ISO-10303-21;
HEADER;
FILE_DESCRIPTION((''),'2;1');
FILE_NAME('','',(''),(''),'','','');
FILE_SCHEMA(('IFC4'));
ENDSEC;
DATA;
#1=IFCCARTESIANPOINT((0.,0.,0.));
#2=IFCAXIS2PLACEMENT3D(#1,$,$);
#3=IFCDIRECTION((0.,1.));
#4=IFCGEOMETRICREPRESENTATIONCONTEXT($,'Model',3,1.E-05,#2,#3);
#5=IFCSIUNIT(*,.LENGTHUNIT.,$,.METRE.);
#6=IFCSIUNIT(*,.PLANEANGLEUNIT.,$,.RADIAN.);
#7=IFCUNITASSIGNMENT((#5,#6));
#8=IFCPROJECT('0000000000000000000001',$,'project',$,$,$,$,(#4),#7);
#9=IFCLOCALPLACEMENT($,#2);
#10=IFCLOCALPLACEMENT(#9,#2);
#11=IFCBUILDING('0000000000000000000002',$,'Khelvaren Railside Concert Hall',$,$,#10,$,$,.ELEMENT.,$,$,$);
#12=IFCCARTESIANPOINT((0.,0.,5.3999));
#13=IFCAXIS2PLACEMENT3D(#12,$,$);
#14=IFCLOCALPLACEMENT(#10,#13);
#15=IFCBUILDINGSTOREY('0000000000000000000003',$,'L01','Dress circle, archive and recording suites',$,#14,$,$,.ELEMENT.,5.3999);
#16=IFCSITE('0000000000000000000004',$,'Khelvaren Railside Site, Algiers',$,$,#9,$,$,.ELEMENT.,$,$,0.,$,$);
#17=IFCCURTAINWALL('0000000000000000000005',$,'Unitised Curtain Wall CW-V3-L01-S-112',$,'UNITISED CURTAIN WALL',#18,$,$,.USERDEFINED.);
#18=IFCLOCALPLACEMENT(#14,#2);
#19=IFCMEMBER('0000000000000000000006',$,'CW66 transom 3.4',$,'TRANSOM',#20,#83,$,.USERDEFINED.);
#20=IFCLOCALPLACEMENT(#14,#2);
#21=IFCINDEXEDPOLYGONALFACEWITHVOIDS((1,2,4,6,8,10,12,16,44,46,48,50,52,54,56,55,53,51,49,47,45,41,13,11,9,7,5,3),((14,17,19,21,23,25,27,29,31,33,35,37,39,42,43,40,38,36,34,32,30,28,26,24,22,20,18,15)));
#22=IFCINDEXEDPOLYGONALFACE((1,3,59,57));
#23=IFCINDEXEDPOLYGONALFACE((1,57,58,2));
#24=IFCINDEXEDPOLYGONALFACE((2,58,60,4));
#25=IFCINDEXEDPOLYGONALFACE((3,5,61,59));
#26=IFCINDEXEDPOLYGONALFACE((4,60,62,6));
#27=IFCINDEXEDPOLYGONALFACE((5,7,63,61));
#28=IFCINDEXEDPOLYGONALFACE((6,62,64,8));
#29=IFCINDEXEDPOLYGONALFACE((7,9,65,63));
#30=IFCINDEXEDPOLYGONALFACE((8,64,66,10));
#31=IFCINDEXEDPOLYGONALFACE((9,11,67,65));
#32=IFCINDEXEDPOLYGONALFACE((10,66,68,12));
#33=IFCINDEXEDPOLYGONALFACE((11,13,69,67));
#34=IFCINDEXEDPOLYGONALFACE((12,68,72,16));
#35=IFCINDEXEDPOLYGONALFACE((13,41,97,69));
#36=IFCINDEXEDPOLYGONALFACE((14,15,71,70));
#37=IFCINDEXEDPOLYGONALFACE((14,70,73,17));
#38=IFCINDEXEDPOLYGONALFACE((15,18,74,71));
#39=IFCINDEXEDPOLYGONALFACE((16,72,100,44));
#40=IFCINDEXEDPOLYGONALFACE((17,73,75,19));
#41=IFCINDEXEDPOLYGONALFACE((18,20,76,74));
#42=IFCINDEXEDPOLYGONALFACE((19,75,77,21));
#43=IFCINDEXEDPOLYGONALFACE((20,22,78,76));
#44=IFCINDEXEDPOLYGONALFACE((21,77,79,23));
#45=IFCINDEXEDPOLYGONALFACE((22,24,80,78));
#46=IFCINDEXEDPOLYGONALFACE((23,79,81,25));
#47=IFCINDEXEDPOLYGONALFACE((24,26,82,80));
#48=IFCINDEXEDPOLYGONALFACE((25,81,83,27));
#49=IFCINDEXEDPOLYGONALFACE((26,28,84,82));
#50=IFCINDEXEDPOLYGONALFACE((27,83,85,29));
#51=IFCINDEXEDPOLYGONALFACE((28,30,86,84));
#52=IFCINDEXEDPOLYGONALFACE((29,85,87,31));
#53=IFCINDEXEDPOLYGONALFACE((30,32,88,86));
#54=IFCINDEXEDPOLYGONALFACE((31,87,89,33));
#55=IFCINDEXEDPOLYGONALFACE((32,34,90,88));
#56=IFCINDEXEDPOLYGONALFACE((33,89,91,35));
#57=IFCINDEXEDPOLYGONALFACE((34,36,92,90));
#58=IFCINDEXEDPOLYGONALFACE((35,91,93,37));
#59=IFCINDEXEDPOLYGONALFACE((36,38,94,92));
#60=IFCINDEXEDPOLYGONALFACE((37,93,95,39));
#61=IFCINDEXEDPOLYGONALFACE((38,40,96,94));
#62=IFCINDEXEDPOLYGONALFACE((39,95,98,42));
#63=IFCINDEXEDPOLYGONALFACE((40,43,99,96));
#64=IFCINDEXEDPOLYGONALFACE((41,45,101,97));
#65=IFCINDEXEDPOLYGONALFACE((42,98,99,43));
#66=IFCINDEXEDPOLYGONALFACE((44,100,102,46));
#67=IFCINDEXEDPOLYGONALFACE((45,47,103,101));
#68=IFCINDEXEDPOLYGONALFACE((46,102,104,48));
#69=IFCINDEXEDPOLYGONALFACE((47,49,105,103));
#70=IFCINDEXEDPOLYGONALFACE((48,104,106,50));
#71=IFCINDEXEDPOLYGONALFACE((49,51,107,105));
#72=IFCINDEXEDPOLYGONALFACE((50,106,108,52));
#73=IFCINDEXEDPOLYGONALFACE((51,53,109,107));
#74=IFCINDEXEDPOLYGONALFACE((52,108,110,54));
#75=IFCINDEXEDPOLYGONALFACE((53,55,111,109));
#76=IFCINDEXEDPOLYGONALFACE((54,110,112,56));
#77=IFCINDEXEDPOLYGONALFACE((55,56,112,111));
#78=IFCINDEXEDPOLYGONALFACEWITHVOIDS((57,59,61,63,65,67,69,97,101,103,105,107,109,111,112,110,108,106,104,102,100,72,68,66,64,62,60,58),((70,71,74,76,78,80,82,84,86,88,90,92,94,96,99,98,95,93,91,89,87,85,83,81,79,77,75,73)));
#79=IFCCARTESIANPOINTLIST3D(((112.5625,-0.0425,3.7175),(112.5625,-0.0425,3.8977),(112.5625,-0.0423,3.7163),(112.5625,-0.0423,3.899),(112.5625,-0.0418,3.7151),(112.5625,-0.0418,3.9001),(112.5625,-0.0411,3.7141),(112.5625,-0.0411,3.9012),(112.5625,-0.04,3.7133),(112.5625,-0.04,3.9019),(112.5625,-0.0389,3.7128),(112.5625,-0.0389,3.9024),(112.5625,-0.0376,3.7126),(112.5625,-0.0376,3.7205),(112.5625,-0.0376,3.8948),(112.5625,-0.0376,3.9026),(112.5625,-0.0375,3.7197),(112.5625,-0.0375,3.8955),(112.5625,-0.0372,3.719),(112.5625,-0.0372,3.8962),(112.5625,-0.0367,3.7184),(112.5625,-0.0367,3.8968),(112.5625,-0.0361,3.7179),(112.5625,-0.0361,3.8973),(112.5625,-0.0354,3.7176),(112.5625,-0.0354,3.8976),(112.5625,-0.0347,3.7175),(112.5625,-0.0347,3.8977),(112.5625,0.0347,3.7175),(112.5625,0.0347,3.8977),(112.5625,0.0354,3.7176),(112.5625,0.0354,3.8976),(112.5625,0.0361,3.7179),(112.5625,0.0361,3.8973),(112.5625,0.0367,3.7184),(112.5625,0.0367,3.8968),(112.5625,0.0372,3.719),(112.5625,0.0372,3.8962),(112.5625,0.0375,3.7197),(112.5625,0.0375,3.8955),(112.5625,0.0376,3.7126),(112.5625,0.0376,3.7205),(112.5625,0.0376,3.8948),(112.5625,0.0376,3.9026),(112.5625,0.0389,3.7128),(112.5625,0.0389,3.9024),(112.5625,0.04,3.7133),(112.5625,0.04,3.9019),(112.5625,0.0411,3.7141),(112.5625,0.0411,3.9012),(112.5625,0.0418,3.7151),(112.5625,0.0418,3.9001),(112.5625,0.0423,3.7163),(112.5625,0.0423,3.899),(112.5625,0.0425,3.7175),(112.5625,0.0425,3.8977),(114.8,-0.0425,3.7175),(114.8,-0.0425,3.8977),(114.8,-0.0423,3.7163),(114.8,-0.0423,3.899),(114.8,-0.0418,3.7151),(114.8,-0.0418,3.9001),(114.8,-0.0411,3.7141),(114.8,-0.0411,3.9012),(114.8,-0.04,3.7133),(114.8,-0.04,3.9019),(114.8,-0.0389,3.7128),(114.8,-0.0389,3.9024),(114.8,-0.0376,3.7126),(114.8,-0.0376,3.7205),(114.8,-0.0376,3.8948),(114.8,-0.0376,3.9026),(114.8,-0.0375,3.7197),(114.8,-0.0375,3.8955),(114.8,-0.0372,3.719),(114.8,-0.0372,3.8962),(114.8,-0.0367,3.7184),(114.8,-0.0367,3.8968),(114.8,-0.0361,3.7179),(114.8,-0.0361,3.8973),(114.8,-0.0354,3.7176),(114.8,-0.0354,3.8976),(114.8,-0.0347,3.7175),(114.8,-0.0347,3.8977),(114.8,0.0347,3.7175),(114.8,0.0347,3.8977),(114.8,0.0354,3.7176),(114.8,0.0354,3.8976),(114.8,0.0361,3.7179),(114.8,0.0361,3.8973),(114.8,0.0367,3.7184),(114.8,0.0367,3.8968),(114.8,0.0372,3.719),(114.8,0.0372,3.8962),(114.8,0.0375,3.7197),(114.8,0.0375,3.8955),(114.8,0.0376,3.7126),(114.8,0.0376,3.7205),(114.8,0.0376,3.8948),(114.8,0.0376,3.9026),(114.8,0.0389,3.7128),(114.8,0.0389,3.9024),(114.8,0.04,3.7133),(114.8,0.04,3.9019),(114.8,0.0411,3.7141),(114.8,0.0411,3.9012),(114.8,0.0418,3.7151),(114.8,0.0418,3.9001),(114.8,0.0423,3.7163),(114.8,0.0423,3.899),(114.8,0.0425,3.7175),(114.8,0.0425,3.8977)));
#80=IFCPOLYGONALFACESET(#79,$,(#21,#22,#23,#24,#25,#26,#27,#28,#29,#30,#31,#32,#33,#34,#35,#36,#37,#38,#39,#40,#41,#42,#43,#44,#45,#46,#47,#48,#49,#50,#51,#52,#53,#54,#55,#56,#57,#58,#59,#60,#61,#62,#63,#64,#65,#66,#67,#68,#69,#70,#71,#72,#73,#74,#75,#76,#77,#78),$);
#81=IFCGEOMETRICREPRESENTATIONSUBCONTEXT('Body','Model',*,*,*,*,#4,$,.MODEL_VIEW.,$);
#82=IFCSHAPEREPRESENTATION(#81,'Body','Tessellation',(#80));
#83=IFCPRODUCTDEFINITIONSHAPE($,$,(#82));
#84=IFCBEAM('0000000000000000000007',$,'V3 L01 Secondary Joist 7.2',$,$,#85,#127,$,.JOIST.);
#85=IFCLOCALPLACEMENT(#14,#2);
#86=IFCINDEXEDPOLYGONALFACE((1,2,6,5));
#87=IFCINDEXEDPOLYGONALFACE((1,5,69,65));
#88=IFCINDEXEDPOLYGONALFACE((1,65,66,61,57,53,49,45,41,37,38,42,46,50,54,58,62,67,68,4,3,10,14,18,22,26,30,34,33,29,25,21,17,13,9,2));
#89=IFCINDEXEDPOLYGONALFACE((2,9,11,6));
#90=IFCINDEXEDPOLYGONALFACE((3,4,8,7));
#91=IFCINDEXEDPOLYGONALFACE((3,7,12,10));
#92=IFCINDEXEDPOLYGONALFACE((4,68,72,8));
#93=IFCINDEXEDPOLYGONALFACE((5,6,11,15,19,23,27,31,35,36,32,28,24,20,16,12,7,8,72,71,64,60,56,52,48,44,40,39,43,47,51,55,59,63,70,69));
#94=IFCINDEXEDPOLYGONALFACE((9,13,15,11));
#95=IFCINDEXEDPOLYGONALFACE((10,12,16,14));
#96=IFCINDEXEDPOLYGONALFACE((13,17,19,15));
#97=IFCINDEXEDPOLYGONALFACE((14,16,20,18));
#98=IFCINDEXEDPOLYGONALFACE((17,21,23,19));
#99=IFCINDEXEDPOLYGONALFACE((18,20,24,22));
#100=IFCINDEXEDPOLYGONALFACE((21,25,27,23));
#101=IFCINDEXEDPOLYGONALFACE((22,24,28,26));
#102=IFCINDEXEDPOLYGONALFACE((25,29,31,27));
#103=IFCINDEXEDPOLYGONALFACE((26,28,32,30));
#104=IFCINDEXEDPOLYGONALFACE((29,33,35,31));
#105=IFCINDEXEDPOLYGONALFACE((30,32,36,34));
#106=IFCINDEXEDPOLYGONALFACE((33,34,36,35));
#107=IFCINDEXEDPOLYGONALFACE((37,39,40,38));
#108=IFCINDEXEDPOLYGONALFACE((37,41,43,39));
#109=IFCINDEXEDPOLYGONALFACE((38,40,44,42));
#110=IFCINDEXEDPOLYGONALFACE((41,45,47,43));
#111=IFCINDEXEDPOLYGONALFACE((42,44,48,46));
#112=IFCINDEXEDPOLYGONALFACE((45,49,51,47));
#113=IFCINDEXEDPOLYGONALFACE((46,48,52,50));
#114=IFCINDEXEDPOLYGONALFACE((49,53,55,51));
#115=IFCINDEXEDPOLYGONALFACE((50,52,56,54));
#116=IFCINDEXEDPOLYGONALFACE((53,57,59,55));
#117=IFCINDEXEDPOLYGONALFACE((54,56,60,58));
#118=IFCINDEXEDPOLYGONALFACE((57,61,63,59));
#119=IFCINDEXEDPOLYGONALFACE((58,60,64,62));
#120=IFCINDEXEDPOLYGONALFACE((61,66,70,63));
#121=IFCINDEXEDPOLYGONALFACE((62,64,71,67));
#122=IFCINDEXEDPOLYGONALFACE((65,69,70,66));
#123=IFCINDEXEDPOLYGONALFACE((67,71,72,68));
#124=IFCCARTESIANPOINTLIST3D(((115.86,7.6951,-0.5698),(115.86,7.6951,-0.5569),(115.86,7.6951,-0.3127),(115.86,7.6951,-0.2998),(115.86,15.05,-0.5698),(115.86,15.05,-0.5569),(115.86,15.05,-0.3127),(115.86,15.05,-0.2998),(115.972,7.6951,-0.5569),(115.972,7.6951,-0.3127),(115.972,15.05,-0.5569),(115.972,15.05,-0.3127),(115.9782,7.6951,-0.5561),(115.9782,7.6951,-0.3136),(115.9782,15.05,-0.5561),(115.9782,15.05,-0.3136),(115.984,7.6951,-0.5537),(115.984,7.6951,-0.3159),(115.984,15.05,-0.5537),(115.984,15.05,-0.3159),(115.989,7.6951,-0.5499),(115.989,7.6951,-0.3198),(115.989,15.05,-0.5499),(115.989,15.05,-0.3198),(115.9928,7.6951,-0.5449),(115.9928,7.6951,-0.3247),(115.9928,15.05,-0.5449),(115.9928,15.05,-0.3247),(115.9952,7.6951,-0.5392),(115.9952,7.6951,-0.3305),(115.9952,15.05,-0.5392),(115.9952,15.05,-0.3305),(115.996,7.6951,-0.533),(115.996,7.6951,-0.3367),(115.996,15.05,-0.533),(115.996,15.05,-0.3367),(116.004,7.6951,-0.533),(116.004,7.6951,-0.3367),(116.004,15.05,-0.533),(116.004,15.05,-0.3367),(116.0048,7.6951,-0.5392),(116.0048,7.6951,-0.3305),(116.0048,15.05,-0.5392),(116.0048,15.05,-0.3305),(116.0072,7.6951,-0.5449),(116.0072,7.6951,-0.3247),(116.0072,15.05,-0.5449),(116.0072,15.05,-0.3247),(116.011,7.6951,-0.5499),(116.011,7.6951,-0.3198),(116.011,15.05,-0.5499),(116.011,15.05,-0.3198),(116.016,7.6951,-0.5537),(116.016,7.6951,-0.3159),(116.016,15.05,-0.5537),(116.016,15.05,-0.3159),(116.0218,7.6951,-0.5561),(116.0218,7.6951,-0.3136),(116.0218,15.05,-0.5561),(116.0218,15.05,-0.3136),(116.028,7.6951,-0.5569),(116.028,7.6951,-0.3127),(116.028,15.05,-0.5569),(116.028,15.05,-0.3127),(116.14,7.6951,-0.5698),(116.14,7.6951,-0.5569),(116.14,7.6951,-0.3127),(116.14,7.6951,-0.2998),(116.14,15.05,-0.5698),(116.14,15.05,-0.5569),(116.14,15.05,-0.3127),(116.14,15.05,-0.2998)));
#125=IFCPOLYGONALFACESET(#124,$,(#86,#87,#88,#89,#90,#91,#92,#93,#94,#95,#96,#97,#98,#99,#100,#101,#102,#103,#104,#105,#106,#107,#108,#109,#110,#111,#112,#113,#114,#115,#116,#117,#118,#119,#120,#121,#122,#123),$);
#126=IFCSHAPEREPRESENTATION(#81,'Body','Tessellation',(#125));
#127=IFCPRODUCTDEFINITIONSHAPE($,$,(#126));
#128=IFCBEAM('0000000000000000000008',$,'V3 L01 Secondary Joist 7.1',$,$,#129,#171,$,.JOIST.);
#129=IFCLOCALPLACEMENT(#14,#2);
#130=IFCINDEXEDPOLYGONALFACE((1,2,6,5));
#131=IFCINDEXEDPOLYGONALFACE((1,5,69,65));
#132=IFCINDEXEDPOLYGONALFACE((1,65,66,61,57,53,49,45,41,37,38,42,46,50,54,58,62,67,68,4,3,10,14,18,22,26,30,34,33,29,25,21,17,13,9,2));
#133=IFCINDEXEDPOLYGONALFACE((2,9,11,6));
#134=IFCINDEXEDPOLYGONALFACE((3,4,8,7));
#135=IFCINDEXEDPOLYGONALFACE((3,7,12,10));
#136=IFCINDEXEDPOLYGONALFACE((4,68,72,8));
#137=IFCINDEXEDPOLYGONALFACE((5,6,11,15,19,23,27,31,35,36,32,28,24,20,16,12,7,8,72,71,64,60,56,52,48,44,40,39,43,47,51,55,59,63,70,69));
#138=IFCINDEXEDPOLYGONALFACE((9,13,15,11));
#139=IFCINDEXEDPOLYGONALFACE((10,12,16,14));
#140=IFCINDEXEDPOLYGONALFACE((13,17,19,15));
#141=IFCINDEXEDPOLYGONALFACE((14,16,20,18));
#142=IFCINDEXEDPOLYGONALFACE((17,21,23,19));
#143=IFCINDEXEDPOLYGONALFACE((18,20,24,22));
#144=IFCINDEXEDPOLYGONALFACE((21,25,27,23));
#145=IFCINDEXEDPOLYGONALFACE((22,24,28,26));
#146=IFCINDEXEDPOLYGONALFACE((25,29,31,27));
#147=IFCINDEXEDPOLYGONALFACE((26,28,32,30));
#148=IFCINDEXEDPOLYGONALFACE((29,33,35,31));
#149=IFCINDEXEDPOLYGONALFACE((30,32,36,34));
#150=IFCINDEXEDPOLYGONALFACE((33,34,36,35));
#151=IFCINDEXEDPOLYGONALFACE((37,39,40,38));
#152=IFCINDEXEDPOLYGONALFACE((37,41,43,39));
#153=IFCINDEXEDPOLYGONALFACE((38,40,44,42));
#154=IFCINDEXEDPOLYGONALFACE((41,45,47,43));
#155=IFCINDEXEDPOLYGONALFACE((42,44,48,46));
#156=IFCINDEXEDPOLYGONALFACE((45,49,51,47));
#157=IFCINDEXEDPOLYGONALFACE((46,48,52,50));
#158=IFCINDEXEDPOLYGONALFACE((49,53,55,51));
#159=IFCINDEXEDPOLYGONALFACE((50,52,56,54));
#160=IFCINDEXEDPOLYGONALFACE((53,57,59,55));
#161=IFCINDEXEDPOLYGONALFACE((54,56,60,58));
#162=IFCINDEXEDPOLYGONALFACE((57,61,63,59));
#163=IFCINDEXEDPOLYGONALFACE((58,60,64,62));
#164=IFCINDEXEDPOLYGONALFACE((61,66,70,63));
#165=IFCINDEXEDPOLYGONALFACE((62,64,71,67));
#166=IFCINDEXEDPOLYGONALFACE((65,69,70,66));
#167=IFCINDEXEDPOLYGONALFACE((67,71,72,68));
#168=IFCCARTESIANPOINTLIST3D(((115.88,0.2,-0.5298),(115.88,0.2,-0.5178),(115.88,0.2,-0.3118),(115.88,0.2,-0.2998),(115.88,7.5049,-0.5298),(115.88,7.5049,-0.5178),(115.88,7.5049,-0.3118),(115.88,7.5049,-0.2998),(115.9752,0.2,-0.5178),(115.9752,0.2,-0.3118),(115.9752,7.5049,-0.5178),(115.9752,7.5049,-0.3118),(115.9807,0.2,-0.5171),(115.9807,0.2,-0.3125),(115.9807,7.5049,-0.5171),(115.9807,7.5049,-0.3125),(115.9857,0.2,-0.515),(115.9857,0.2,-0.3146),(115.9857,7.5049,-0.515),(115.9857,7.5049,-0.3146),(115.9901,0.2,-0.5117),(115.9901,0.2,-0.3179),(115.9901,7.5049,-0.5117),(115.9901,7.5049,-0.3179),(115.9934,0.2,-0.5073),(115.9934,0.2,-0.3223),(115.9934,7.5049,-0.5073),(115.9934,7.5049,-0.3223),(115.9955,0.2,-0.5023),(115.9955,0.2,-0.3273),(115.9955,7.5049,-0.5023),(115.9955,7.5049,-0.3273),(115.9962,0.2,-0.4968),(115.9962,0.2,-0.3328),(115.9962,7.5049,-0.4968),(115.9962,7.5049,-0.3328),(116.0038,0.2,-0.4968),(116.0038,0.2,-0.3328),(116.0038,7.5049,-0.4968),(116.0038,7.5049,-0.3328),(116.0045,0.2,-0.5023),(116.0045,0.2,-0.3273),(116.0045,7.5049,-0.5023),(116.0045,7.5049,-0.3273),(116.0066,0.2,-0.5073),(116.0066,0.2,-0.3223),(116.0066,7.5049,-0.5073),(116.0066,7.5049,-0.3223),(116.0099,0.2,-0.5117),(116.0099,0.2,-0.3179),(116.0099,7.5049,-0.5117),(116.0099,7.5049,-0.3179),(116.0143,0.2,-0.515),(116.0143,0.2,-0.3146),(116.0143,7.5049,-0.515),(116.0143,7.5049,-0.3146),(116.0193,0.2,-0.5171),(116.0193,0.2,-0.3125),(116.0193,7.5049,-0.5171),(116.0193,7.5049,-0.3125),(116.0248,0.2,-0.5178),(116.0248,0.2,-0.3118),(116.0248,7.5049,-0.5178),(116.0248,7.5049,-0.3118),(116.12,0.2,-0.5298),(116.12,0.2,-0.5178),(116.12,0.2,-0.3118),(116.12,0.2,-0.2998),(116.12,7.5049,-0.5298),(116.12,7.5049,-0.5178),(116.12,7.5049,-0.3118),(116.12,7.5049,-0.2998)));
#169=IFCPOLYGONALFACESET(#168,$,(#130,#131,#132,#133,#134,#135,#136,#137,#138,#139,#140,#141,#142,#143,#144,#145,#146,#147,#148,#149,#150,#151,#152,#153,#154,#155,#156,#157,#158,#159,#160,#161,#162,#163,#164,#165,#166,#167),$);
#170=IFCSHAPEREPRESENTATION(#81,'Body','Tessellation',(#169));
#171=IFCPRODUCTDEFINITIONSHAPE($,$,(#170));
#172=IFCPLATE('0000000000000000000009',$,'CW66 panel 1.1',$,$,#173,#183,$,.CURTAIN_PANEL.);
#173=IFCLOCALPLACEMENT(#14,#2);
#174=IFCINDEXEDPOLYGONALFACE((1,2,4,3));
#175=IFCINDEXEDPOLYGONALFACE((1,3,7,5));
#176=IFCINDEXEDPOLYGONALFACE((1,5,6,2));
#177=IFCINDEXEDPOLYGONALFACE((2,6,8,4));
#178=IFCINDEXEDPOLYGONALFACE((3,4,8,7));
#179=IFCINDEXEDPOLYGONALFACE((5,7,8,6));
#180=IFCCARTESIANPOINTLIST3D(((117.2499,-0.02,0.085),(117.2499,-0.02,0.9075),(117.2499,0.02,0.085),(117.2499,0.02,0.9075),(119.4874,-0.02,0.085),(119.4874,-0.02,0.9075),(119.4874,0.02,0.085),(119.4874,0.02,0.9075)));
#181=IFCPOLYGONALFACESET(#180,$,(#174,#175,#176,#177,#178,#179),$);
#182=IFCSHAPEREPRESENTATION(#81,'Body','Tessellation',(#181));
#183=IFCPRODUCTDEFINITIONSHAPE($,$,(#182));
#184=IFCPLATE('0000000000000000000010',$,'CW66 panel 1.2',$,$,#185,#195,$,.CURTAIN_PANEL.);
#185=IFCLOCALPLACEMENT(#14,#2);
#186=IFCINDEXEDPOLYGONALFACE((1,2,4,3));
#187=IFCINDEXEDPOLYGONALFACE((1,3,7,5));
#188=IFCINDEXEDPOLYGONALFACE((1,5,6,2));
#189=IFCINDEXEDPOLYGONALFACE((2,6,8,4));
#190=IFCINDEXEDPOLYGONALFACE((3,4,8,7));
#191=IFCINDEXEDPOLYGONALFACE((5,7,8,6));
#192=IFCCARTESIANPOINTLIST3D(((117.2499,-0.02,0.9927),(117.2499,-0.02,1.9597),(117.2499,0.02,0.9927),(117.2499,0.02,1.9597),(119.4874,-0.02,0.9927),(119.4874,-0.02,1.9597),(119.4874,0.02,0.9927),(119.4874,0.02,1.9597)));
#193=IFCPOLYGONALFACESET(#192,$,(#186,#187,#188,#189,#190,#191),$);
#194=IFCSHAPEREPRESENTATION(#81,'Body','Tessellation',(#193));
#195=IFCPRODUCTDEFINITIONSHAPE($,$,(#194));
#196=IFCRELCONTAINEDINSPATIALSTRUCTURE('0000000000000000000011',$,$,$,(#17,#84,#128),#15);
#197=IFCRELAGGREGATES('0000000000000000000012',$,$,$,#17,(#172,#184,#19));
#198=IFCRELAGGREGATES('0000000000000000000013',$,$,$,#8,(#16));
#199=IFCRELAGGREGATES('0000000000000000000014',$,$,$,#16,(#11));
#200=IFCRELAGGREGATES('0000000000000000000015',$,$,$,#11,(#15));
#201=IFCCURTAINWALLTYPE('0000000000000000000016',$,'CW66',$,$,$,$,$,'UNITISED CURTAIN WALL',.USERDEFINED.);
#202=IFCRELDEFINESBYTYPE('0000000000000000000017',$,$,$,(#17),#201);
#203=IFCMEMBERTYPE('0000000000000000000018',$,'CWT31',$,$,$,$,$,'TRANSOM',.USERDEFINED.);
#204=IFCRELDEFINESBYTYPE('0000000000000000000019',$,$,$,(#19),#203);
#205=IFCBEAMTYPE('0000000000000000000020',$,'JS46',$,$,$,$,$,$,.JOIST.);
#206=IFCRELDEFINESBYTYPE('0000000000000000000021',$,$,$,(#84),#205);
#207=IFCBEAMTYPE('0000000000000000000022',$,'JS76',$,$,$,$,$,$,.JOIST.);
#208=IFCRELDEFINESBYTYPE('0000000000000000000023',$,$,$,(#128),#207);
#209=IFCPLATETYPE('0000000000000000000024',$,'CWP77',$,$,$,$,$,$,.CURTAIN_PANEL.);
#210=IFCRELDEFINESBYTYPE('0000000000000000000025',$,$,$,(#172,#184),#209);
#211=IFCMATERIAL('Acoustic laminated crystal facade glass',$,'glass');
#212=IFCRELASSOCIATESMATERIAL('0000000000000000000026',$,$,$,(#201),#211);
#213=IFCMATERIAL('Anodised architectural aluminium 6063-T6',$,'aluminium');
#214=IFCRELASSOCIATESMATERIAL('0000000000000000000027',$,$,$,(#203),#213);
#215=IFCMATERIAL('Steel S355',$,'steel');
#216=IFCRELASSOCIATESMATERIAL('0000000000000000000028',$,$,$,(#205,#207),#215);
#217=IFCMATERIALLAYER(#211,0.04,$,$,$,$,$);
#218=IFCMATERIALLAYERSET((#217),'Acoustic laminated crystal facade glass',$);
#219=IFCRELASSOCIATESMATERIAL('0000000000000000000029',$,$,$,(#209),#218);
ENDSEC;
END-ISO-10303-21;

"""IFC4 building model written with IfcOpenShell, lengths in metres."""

from ifc_helpers import new_model, si_unit, direction, frame, origin, origin_2d, place, context, subcontext, project, spatial, rectangle, hollow_rectangle, i_section, extrude, material, layer, layer_set, material_profile, profile_set, type_object, element, aggregate, save


model = new_model("IFC4")

# Units and contexts
model_context = context("Model", 3, precision=1e-05, world=origin(), true_north=direction((0.0, 1.0)))
body_context = subcontext(model_context, "Body", "Model", "MODEL_VIEW")
ifc_project = project(units=[si_unit("LENGTHUNIT", "METRE"), si_unit("PLANEANGLEUNIT", "RADIAN")], contexts=[model_context])

# Site, building, storey
site_placement = place(None, origin())
site = spatial("IfcSite", under=ifc_project, at=site_placement, Name="Khelvaren Railside Site, Algiers", CompositionType="ELEMENT", RefElevation=0.0)
building_placement = place(site_placement, origin())
building = spatial("IfcBuilding", under=site, at=building_placement, Name="Khelvaren Railside Concert Hall", CompositionType="ELEMENT")
storey_placement = place(building_placement, frame((0.0, 0.0, 5.3999)))
storey = spatial("IfcBuildingStorey", under=building, at=storey_placement, Name="L01", Description="Dress circle, archive and recording suites", CompositionType="ELEMENT", Elevation=5.3999)

# Shared definitions
ifc_material_1 = material(Name="Steel S355", Category="steel")

# Curtain wall, member
ifc_material_2 = material(Name="Acoustic laminated crystal facade glass", Category="glass")
curtain_wall_type = type_object("IfcCurtainWallType", Name="CW66", ElementType="UNITISED CURTAIN WALL", PredefinedType="USERDEFINED", material=ifc_material_2)
curtain_wall_placement = place(storey_placement, origin())
curtain_wall = element("IfcCurtainWall", 1, at=curtain_wall_placement, inside=storey, type_object=curtain_wall_type, Name="Unitised Curtain Wall CW-V3-L01-S-112", ObjectType="UNITISED CURTAIN WALL", PredefinedType="USERDEFINED")
ifc_material_3 = material(Name="Anodised architectural aluminium 6063-T6", Category="aluminium")
ifc_material_profile_1 = material_profile(ifc_material_3, hollow_rectangle(XDim=0.085, YDim=0.1899, WallThickness=0.0049, InnerFilletRadius=0.0029, OuterFilletRadius=0.0049, at=origin_2d()), Name="CWT 85x190x5")
ifc_profile_set_1 = profile_set([ifc_material_profile_1], Name="Anodised architectural aluminium 6063-T6")
member_type_1 = type_object("IfcMemberType", Name="CWT31", ElementType="TRANSOM", PredefinedType="USERDEFINED", material=ifc_profile_set_1)
member_1_placement = place(storey_placement, frame((114.8, 0.0, 3.8076), z_axis=(-1.0, 0.0, 0.0), x_axis=(0.0, -1.0, 0.0)))
member_1 = element("IfcMember", 2, at=member_1_placement, type_object=member_type_1, Name="CW66 transom 3.4", ObjectType="TRANSOM", PredefinedType="USERDEFINED", context=body_context, shape_type="SweptSolid", body=[
    extrude(hollow_rectangle(XDim=0.085, YDim=0.1899, WallThickness=0.0049, InnerFilletRadius=0.0029, OuterFilletRadius=0.0049, at=origin_2d()), origin(), (0.0, 0.0, 1.0), 2.2375),
])

# Beams
ifc_material_profile_2 = material_profile(ifc_material_1, i_section(OverallWidth=0.28, OverallDepth=0.27, WebThickness=0.0081, FlangeThickness=0.0129, FilletRadius=0.0239, at=origin_2d()), Name="HEA 280")
ifc_profile_set_2 = profile_set([ifc_material_profile_2], Name="Steel S355")
beam_type_1 = type_object("IfcBeamType", Name="JS46", PredefinedType="JOIST", material=ifc_profile_set_2)
beam_1_placement = place(storey_placement, frame((116.0, 7.6951, -0.4348), z_axis=(0.0, 1.0, 0.0), x_axis=(-1.0, 0.0, 0.0)))
element("IfcBeam", 3, at=beam_1_placement, inside=storey, type_object=beam_type_1, Name="V3 L01 Secondary Joist 7.2", PredefinedType="JOIST", context=body_context, shape_type="SweptSolid", body=[
    extrude(i_section(OverallWidth=0.28, OverallDepth=0.27, WebThickness=0.0081, FlangeThickness=0.0129, FilletRadius=0.0239, at=origin_2d()), origin(), (0.0, 0.0, 1.0), 7.355),
])
ifc_material_profile_3 = material_profile(ifc_material_1, i_section(OverallWidth=0.24, OverallDepth=0.23, WebThickness=0.0076, FlangeThickness=0.012, FilletRadius=0.021, at=origin_2d()), Name="HEA 240")
ifc_profile_set_3 = profile_set([ifc_material_profile_3], Name="Steel S355")
beam_type_2 = type_object("IfcBeamType", Name="JS76", PredefinedType="JOIST", material=ifc_profile_set_3)
beam_2_placement = place(storey_placement, frame((116.0, 0.2, -0.4148), z_axis=(0.0, 1.0, 0.0), x_axis=(-1.0, 0.0, 0.0)))
element("IfcBeam", 4, at=beam_2_placement, inside=storey, type_object=beam_type_2, Name="V3 L01 Secondary Joist 7.1", PredefinedType="JOIST", context=body_context, shape_type="SweptSolid", body=[
    extrude(i_section(OverallWidth=0.24, OverallDepth=0.23, WebThickness=0.0076, FlangeThickness=0.012, FilletRadius=0.021, at=origin_2d()), origin(), (0.0, 0.0, 1.0), 7.3049),
])

# Plates
ifc_layer = layer(ifc_material_2, 0.04)
ifc_layer_set = layer_set([ifc_layer], Name="Acoustic laminated crystal facade glass")
plate_type = type_object("IfcPlateType", Name="CWP77", PredefinedType="CURTAIN_PANEL", material=ifc_layer_set)
plate_1_placement = place(storey_placement, frame((118.3687, 0.0, 0.085), z_axis=(0.0, 0.0, 1.0), x_axis=(-1.0, 0.0, 0.0)))
plate_1 = element("IfcPlate", 5, at=plate_1_placement, type_object=plate_type, Name="CW66 panel 1.1", PredefinedType="CURTAIN_PANEL", context=body_context, shape_type="SweptSolid", body=[
    extrude(rectangle(XDim=2.2375, YDim=0.04, at=origin_2d()), origin(), (0.0, 0.0, 1.0), 0.8225),
])
plate_2_placement = place(storey_placement, frame((118.3687, 0.0, 0.9927), z_axis=(0.0, 0.0, 1.0), x_axis=(-1.0, 0.0, 0.0)))
plate_2 = element("IfcPlate", 6, at=plate_2_placement, type_object=plate_type, Name="CW66 panel 1.2", PredefinedType="CURTAIN_PANEL", context=body_context, shape_type="SweptSolid", body=[
    extrude(rectangle(XDim=2.2375, YDim=0.04, at=origin_2d()), origin(), (0.0, 0.0, 1.0), 0.967),
])
aggregate(curtain_wall, [plate_1, plate_2, member_1])

save(model, "model.ifc")
